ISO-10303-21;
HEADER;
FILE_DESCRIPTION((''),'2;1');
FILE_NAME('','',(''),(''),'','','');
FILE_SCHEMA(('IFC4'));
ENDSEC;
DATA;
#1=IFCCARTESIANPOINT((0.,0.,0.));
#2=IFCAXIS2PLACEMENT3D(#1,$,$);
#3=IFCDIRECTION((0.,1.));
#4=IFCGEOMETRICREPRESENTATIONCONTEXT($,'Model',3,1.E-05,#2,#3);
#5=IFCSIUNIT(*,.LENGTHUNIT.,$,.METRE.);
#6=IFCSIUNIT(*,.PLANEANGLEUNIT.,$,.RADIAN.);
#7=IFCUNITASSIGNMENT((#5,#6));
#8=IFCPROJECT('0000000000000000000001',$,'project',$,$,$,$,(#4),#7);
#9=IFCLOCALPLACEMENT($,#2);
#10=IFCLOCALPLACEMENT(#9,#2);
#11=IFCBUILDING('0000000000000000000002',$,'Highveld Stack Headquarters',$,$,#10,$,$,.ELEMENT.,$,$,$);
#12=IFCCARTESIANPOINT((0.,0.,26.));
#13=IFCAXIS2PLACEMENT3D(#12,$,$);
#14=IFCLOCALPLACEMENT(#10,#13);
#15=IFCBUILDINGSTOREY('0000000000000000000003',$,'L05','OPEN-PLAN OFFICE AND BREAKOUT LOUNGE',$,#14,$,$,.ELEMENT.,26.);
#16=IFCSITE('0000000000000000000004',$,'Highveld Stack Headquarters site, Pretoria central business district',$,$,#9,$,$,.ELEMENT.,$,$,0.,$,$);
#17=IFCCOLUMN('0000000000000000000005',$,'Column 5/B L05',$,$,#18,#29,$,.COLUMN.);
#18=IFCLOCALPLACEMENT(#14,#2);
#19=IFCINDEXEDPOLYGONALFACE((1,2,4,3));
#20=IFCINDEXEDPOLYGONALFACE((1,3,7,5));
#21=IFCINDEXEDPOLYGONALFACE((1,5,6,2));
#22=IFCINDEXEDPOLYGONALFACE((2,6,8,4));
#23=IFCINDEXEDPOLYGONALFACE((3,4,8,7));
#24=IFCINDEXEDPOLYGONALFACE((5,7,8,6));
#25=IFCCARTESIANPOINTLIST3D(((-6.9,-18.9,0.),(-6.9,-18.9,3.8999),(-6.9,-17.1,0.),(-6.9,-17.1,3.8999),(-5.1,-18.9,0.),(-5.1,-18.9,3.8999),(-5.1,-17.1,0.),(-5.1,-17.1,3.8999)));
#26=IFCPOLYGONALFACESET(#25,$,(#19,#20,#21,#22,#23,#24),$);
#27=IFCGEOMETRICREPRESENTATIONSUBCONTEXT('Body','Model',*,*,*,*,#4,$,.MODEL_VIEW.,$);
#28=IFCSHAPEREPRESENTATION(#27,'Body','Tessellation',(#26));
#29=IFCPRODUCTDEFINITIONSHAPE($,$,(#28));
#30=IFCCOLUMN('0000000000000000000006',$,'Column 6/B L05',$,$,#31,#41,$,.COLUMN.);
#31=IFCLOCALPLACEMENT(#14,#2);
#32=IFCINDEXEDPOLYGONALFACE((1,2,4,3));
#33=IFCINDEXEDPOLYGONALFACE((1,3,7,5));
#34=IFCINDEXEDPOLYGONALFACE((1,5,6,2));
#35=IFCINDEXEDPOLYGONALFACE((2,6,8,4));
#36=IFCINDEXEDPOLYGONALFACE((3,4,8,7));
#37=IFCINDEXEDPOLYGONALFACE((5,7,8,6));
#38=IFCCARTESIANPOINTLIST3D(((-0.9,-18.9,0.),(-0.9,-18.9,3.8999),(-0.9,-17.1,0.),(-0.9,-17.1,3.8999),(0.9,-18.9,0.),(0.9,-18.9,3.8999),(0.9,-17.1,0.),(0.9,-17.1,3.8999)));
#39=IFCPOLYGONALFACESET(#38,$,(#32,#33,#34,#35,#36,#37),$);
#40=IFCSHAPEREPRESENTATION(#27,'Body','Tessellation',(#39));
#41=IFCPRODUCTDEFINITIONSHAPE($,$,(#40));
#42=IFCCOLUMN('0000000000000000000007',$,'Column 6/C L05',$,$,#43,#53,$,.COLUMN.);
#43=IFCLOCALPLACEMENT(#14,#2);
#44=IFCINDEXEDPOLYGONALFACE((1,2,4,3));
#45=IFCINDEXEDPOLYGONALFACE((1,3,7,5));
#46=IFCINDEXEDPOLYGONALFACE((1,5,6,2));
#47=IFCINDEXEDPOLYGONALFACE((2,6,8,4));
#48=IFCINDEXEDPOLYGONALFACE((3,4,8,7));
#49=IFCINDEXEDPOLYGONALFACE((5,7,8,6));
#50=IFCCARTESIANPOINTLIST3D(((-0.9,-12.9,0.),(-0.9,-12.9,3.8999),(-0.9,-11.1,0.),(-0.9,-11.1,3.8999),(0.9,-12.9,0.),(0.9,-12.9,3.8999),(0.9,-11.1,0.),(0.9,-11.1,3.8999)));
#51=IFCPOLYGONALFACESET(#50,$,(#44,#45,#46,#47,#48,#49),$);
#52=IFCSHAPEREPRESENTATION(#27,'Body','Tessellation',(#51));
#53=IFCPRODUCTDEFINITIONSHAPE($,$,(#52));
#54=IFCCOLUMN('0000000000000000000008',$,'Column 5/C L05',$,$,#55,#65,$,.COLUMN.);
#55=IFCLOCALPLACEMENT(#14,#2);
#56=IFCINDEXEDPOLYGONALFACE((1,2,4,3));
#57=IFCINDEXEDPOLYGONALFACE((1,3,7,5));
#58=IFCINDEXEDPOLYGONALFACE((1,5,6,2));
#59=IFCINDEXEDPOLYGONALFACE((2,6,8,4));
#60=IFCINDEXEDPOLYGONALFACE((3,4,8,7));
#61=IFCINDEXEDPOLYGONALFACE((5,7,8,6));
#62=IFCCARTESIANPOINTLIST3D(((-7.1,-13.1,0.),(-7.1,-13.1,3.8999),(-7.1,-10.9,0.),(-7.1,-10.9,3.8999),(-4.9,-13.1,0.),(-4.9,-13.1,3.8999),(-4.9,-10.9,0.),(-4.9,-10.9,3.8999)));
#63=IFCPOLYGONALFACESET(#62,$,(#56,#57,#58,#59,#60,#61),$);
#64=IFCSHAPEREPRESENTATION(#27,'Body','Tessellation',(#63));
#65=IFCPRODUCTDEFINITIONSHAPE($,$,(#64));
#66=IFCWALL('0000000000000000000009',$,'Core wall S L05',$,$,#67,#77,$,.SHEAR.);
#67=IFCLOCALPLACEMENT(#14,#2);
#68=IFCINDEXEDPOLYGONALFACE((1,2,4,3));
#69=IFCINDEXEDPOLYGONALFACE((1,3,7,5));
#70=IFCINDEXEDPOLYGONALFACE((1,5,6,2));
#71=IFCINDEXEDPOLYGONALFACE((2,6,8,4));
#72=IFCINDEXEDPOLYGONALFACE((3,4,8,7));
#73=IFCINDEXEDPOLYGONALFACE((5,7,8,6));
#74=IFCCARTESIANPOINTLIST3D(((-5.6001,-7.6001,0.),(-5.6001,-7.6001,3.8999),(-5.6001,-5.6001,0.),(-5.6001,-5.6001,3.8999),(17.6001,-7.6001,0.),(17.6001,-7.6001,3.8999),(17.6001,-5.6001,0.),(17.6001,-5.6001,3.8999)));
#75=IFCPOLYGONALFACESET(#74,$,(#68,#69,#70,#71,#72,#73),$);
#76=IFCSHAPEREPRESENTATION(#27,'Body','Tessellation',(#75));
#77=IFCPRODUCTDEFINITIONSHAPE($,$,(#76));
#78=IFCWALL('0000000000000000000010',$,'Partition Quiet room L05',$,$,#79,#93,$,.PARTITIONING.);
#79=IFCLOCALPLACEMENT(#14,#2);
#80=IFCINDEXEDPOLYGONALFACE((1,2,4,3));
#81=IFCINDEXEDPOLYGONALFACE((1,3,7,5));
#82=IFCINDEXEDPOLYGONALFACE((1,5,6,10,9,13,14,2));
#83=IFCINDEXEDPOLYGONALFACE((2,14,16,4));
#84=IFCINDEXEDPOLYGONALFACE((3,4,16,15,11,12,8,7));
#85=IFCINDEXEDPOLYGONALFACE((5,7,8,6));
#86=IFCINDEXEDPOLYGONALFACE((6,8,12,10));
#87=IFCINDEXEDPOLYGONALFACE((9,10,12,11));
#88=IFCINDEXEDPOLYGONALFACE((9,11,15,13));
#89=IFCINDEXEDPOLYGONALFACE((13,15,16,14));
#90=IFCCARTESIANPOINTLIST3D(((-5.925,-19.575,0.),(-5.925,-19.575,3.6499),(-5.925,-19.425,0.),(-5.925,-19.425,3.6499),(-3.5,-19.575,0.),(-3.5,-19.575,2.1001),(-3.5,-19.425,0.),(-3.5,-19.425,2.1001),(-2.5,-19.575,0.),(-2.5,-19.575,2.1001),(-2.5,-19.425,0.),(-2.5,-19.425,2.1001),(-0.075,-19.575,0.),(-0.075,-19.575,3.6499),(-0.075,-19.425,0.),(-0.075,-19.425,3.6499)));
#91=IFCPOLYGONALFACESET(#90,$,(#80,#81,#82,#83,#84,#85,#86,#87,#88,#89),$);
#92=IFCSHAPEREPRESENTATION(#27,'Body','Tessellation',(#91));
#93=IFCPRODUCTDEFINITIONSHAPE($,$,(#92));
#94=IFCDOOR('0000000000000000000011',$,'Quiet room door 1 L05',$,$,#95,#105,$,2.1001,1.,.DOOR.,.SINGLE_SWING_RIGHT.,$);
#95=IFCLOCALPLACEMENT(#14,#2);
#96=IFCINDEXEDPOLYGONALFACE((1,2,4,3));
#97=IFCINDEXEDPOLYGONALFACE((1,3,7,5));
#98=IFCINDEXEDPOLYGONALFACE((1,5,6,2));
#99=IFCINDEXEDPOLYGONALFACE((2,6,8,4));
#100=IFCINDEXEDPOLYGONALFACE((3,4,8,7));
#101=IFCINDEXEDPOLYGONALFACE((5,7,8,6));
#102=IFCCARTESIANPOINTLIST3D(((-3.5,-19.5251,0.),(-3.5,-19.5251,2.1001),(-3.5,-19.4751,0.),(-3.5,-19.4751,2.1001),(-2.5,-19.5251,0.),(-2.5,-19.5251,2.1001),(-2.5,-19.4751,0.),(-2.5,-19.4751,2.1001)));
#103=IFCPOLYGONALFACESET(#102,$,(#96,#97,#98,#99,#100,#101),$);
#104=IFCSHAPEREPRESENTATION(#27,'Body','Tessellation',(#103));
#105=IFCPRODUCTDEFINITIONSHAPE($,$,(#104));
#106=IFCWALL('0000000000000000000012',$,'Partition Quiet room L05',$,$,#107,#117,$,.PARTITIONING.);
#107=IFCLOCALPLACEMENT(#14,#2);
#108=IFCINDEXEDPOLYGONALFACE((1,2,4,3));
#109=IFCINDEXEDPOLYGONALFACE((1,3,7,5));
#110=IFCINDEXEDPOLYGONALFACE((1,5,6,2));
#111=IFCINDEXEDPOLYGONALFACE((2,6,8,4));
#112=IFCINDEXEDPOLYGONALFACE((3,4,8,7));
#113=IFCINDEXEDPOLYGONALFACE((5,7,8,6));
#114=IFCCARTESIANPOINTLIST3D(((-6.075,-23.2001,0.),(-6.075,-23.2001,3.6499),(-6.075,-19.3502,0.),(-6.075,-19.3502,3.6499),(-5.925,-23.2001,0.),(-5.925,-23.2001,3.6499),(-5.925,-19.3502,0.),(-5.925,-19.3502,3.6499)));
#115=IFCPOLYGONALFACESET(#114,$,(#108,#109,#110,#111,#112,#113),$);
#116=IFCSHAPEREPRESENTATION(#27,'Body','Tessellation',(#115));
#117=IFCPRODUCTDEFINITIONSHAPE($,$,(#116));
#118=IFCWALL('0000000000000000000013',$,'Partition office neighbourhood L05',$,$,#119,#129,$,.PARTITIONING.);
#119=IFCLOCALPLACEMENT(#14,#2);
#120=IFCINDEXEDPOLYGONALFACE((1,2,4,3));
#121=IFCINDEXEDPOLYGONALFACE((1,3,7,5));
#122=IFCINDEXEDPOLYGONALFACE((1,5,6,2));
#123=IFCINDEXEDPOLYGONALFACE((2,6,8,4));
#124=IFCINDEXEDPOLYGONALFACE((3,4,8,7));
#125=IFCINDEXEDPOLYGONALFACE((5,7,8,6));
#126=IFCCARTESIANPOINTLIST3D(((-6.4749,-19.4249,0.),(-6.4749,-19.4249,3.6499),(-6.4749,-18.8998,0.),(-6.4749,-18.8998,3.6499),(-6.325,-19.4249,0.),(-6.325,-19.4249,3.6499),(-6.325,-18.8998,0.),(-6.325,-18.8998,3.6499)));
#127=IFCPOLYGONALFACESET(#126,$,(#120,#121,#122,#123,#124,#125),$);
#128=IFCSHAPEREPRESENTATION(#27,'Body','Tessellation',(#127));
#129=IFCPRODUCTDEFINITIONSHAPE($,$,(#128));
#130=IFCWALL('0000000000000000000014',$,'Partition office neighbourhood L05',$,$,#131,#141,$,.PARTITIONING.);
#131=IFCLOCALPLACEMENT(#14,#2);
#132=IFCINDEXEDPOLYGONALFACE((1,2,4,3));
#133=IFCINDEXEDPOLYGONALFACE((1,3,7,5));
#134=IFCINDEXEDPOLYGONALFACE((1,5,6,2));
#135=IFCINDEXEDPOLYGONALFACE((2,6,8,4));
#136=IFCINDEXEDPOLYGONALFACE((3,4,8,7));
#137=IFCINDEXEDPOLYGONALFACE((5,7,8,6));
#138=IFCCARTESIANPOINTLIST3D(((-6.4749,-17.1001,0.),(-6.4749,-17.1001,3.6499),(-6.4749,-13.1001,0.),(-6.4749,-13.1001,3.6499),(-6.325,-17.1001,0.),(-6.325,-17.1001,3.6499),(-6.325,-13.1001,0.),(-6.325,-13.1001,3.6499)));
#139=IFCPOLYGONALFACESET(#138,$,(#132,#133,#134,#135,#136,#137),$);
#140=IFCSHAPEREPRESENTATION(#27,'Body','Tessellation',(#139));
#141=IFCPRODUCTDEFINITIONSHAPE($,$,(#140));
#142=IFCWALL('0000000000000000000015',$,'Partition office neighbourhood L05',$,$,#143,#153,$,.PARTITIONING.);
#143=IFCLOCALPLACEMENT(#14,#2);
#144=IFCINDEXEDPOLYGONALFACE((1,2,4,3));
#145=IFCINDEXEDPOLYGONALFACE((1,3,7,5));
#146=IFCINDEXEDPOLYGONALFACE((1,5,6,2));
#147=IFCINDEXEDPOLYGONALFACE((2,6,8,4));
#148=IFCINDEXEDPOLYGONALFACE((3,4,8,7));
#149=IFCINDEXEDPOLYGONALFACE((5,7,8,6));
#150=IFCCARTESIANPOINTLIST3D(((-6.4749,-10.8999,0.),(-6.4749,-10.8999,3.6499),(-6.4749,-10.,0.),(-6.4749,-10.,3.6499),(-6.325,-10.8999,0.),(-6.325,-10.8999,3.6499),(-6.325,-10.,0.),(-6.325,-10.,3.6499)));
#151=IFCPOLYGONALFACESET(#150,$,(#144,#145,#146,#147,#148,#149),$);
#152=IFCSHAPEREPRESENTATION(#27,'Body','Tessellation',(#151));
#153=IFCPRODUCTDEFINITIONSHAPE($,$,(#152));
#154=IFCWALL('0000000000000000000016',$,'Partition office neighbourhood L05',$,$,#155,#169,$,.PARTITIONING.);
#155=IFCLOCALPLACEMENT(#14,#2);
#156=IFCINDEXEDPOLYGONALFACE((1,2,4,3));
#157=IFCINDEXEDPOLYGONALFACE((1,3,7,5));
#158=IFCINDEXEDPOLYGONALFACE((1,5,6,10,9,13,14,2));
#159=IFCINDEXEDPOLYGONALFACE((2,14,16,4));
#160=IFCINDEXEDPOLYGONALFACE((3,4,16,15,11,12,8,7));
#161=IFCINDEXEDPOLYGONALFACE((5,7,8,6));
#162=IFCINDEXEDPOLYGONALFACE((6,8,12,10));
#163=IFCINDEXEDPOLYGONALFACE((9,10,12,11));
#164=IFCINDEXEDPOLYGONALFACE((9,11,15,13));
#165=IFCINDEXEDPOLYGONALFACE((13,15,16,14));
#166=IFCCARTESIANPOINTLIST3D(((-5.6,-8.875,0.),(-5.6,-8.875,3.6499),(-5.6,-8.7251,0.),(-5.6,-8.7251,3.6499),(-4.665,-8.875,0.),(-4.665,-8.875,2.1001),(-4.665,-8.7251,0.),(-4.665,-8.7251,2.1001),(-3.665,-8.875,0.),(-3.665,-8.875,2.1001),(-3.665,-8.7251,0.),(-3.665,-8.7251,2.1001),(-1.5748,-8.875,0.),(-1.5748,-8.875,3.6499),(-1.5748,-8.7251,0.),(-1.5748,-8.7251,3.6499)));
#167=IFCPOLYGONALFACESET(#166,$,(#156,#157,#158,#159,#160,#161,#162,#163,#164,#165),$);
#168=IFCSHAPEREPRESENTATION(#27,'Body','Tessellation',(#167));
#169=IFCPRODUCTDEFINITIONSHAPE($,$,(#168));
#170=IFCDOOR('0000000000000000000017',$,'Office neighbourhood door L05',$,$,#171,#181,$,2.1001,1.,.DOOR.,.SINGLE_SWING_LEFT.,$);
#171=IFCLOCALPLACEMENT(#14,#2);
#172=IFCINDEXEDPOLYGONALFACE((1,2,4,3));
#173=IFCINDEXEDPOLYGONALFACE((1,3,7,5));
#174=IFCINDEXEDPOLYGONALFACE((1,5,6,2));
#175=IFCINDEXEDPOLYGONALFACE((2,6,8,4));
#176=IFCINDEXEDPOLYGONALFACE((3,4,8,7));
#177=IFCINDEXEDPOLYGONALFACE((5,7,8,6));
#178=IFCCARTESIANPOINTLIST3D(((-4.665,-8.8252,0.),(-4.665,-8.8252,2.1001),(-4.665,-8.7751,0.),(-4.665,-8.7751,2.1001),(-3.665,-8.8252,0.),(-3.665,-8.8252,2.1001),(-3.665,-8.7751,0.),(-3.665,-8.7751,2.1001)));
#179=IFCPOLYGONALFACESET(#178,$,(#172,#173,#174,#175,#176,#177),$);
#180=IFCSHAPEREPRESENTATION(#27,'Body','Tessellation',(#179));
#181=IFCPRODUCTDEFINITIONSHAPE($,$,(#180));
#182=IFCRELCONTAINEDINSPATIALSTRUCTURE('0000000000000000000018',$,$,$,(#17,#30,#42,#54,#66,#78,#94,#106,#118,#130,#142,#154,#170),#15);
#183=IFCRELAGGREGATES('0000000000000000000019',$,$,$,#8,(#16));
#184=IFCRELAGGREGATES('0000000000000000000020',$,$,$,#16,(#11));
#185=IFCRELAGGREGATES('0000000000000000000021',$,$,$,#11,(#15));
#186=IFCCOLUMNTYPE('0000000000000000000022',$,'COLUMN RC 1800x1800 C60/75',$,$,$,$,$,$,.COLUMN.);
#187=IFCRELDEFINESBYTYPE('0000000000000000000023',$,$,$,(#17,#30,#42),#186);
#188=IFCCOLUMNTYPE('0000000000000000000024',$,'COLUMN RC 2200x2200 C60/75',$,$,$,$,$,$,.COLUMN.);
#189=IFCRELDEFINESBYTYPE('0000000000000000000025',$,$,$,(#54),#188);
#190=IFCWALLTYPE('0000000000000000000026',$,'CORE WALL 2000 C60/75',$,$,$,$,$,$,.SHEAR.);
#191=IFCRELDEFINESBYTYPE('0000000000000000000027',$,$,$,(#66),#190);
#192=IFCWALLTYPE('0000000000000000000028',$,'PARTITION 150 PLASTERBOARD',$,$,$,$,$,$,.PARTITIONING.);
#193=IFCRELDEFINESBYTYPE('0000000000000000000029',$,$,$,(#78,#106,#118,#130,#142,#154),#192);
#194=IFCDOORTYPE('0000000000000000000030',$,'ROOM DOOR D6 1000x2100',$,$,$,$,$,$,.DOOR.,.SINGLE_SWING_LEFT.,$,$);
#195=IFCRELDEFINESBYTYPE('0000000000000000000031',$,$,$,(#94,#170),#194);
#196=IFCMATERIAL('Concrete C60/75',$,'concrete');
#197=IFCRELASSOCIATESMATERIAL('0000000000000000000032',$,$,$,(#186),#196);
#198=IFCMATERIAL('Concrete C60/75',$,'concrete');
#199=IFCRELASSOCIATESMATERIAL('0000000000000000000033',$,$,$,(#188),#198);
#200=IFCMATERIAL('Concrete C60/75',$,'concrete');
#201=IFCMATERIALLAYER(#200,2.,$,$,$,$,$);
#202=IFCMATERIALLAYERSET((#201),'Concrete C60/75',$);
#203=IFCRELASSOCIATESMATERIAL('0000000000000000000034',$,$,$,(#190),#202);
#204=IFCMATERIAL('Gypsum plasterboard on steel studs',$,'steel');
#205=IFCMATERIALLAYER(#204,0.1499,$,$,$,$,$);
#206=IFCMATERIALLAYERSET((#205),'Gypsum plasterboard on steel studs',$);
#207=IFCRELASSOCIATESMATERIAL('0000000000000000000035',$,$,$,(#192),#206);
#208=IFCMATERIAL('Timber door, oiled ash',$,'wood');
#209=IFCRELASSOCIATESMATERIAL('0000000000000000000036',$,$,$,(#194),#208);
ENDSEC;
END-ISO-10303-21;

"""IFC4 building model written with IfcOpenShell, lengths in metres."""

from ifc_helpers import new_model, si_unit, direction, frame, frame_2d, origin, origin_2d, place, context, subcontext, project, spatial, rectangle, extrude, material, layer, layer_set, material_profile, profile_set, type_object, element, fill, save


model = new_model("IFC4")

# Units and contexts
model_context = context("Model", 3, precision=1e-05, world=origin(), true_north=direction((0.0, 1.0)))
body_context = subcontext(model_context, "Body", "Model", "MODEL_VIEW")
ifc_project = project(units=[si_unit("LENGTHUNIT", "METRE"), si_unit("PLANEANGLEUNIT", "RADIAN")], contexts=[model_context])

# Site, building, storey
site_placement = place(None, origin())
site = spatial("IfcSite", under=ifc_project, at=site_placement, Name="Highveld Stack Headquarters site, Pretoria central business district", CompositionType="ELEMENT", RefElevation=0.0)
building_placement = place(site_placement, origin())
building = spatial("IfcBuilding", under=site, at=building_placement, Name="Highveld Stack Headquarters", CompositionType="ELEMENT")
storey_placement = place(building_placement, frame((0.0, 0.0, 26.0)))
storey = spatial("IfcBuildingStorey", under=building, at=storey_placement, Name="L05", Description="OPEN-PLAN OFFICE AND BREAKOUT LOUNGE", CompositionType="ELEMENT", Elevation=26.0)

# Columns
ifc_material_1 = material(Name="Concrete C60/75", Category="concrete")
ifc_material_profile_1 = material_profile(ifc_material_1, rectangle(XDim=1.8, YDim=1.8, at=origin_2d()), Name="RC 1800x1800")
ifc_profile_set_1 = profile_set([ifc_material_profile_1], Name="Concrete C60/75")
column_type_1 = type_object("IfcColumnType", Name="COLUMN RC 1800x1800 C60/75", PredefinedType="COLUMN", material=ifc_profile_set_1)
for number, where, z_axis, x_axis, name in (
    (1, (-6.0, -18.0, 0.0), (0.0, 0.0, 1.0), (1.0, 0.0, 0.0), "Column 5/B L05"),
    (2, (0.0, -18.0, 0.0), (0.0, 0.0, 1.0), (1.0, 0.0, 0.0), "Column 6/B L05"),
    (3, (0.0, -12.0, 0.0), (0.0, 0.0, 1.0), (1.0, 0.0, 0.0), "Column 6/C L05"),
):
    element("IfcColumn", number, at=place(storey_placement, frame(where, z_axis=z_axis, x_axis=x_axis)), inside=storey, type_object=column_type_1, Name=name, PredefinedType="COLUMN", context=body_context, shape_type="SweptSolid", body=[
        extrude(rectangle(XDim=1.8, YDim=1.8, at=origin_2d()), origin(), (0.0, 0.0, 1.0), 3.8999),
    ])
ifc_material_2 = material(Name="Concrete C60/75", Category="concrete")
ifc_material_profile_2 = material_profile(ifc_material_2, rectangle(XDim=2.2, YDim=2.2, at=origin_2d()), Name="RC 2200x2200")
ifc_profile_set_2 = profile_set([ifc_material_profile_2], Name="Concrete C60/75")
column_type_2 = type_object("IfcColumnType", Name="COLUMN RC 2200x2200 C60/75", PredefinedType="COLUMN", material=ifc_profile_set_2)
column_placement = place(storey_placement, frame((-6.0, -12.0, 0.0), z_axis=(0.0, 0.0, 1.0), x_axis=(1.0, 0.0, 0.0)))
element("IfcColumn", 4, at=column_placement, inside=storey, type_object=column_type_2, Name="Column 5/C L05", PredefinedType="COLUMN", context=body_context, shape_type="SweptSolid", body=[
    extrude(rectangle(XDim=2.2, YDim=2.2, at=origin_2d()), origin(), (0.0, 0.0, 1.0), 3.8999),
])

# Wall
ifc_material_3 = material(Name="Concrete C60/75", Category="concrete")
ifc_layer_1 = layer(ifc_material_3, 2.0)
ifc_layer_set_1 = layer_set([ifc_layer_1], Name="Concrete C60/75")
wall_type_1 = type_object("IfcWallType", Name="CORE WALL 2000 C60/75", PredefinedType="SHEAR", material=ifc_layer_set_1)
wall_1_placement = place(storey_placement, frame((-5.6001, -6.6001, 0.0), z_axis=(0.0, 0.0, 1.0), x_axis=(1.0, 0.0, 0.0)))
element("IfcWall", 5, at=wall_1_placement, inside=storey, type_object=wall_type_1, Name="Core wall S L05", PredefinedType="SHEAR", context=body_context, shape_type="SweptSolid", body=[
    extrude(rectangle(XDim=23.2002, YDim=2.0, at=frame_2d((11.6001, 0.0))), origin(), (0.0, 0.0, 1.0), 3.8999),
])

# Wall, opening, door
ifc_material_4 = material(Name="Gypsum plasterboard on steel studs", Category="steel")
ifc_layer_2 = layer(ifc_material_4, 0.1499)
ifc_layer_set_2 = layer_set([ifc_layer_2], Name="Gypsum plasterboard on steel studs")
wall_type_2 = type_object("IfcWallType", Name="PARTITION 150 PLASTERBOARD", PredefinedType="PARTITIONING", material=ifc_layer_set_2)
wall_2_placement = place(storey_placement, frame((-5.925, -19.5, 0.0), z_axis=(0.0, 0.0, 1.0), x_axis=(1.0, 0.0, 0.0)))
wall_2 = element("IfcWall", 6, at=wall_2_placement, inside=storey, type_object=wall_type_2, Name="Partition Quiet room L05", PredefinedType="PARTITIONING", context=body_context, shape_type="SweptSolid", body=[
    extrude(rectangle(XDim=5.8501, YDim=0.1499, at=frame_2d((2.925, 0.0))), origin(), (0.0, 0.0, 1.0), 3.6499),
])
opening_1_placement = place(wall_2_placement, frame((2.425, 0.0, 0.0)))
opening_1 = element("IfcOpeningElement", 7, at=opening_1_placement, cuts=wall_2, PredefinedType="OPENING", context=body_context, shape_type="SweptSolid", body=[
    extrude(rectangle(XDim=1.0, YDim=2.1001, at=frame_2d((0.5, 1.05))), frame((0.0, 0.085, 0.0), z_axis=(0.0, -1.0, 0.0), x_axis=(1.0, 0.0, 0.0)), (0.0, 0.0, 1.0), 0.1699),
])
ifc_material_5 = material(Name="Timber door, oiled ash", Category="wood")
door_type = type_object("IfcDoorType", Name="ROOM DOOR D6 1000x2100", OperationType="SINGLE_SWING_LEFT", PredefinedType="DOOR", material=ifc_material_5)
door_1_placement = place(opening_1_placement, origin())
door_1 = element("IfcDoor", 8, at=door_1_placement, inside=storey, type_object=door_type, Name="Quiet room door 1 L05", OperationType="SINGLE_SWING_RIGHT", OverallHeight=2.1001, OverallWidth=1.0, PredefinedType="DOOR", context=body_context, shape_type="SweptSolid", body=[
    extrude(rectangle(XDim=1.0, YDim=2.1001, at=frame_2d((0.5, 1.05))), frame((0.0, 0.0249, 0.0), z_axis=(0.0, -1.0, 0.0), x_axis=(1.0, 0.0, 0.0)), (0.0, 0.0, 1.0), 0.05),
])
fill(opening_1, door_1)

# Walls
wall_3_placement = place(storey_placement, frame((-6.0, -23.2, 0.0), z_axis=(0.0, 0.0, 1.0), x_axis=(0.0, 1.0, 0.0)))
element("IfcWall", 9, at=wall_3_placement, inside=storey, type_object=wall_type_2, Name="Partition Quiet room L05", PredefinedType="PARTITIONING", context=body_context, shape_type="SweptSolid", body=[
    extrude(rectangle(XDim=3.8499, YDim=0.1499, at=frame_2d((1.9248, 0.0))), origin(), (0.0, 0.0, 1.0), 3.6499),
])
wall_4_placement = place(storey_placement, frame((-6.3999, -19.425, 0.0), z_axis=(0.0, 0.0, 1.0), x_axis=(0.0, 1.0, 0.0)))
element("IfcWall", 10, at=wall_4_placement, inside=storey, type_object=wall_type_2, Name="Partition office neighbourhood L05", PredefinedType="PARTITIONING", context=body_context, shape_type="SweptSolid", body=[
    extrude(rectangle(XDim=0.5251, YDim=0.1499, at=frame_2d((0.2627, 0.0))), origin(), (0.0, 0.0, 1.0), 3.6499),
])
wall_5_placement = place(storey_placement, frame((-6.3999, -17.1001, 0.0), z_axis=(0.0, 0.0, 1.0), x_axis=(0.0, 1.0, 0.0)))
element("IfcWall", 11, at=wall_5_placement, inside=storey, type_object=wall_type_2, Name="Partition office neighbourhood L05", PredefinedType="PARTITIONING", context=body_context, shape_type="SweptSolid", body=[
    extrude(rectangle(XDim=4.0, YDim=0.1499, at=frame_2d((2.0, 0.0))), origin(), (0.0, 0.0, 1.0), 3.6499),
])
wall_6_placement = place(storey_placement, frame((-6.3999, -10.8999, 0.0), z_axis=(0.0, 0.0, 1.0), x_axis=(0.0, 1.0, 0.0)))
element("IfcWall", 12, at=wall_6_placement, inside=storey, type_object=wall_type_2, Name="Partition office neighbourhood L05", PredefinedType="PARTITIONING", context=body_context, shape_type="SweptSolid", body=[
    extrude(rectangle(XDim=0.8999, YDim=0.1499, at=frame_2d((0.45, 0.0))), origin(), (0.0, 0.0, 1.0), 3.6499),
])

# Wall, opening, door
wall_7_placement = place(storey_placement, frame((-5.6001, -8.8, 0.0), z_axis=(0.0, 0.0, 1.0), x_axis=(1.0, 0.0, 0.0)))
wall_7 = element("IfcWall", 13, at=wall_7_placement, inside=storey, type_object=wall_type_2, Name="Partition office neighbourhood L05", PredefinedType="PARTITIONING", context=body_context, shape_type="SweptSolid", body=[
    extrude(rectangle(XDim=4.0251, YDim=0.1499, at=frame_2d((2.0127, 0.0))), origin(), (0.0, 0.0, 1.0), 3.6499),
])
opening_2_placement = place(wall_7_placement, frame((0.9351, 0.0, 0.0)))
opening_2 = element("IfcOpeningElement", 14, at=opening_2_placement, cuts=wall_7, PredefinedType="OPENING", context=body_context, shape_type="SweptSolid", body=[
    extrude(rectangle(XDim=1.0, YDim=2.1001, at=frame_2d((0.5, 1.05))), frame((0.0, 0.085, 0.0), z_axis=(0.0, -1.0, 0.0), x_axis=(1.0, 0.0, 0.0)), (0.0, 0.0, 1.0), 0.1699),
])
door_2_placement = place(opening_2_placement, origin())
door_2 = element("IfcDoor", 15, at=door_2_placement, inside=storey, type_object=door_type, Name="Office neighbourhood door L05", OperationType="SINGLE_SWING_LEFT", OverallHeight=2.1001, OverallWidth=1.0, PredefinedType="DOOR", context=body_context, shape_type="SweptSolid", body=[
    extrude(rectangle(XDim=1.0, YDim=2.1001, at=frame_2d((0.5, 1.05))), frame((0.0, 0.0249, 0.0), z_axis=(0.0, -1.0, 0.0), x_axis=(1.0, 0.0, 0.0)), (0.0, 0.0, 1.0), 0.05),
])
fill(opening_2, door_2)

save(model, "model.ifc")
